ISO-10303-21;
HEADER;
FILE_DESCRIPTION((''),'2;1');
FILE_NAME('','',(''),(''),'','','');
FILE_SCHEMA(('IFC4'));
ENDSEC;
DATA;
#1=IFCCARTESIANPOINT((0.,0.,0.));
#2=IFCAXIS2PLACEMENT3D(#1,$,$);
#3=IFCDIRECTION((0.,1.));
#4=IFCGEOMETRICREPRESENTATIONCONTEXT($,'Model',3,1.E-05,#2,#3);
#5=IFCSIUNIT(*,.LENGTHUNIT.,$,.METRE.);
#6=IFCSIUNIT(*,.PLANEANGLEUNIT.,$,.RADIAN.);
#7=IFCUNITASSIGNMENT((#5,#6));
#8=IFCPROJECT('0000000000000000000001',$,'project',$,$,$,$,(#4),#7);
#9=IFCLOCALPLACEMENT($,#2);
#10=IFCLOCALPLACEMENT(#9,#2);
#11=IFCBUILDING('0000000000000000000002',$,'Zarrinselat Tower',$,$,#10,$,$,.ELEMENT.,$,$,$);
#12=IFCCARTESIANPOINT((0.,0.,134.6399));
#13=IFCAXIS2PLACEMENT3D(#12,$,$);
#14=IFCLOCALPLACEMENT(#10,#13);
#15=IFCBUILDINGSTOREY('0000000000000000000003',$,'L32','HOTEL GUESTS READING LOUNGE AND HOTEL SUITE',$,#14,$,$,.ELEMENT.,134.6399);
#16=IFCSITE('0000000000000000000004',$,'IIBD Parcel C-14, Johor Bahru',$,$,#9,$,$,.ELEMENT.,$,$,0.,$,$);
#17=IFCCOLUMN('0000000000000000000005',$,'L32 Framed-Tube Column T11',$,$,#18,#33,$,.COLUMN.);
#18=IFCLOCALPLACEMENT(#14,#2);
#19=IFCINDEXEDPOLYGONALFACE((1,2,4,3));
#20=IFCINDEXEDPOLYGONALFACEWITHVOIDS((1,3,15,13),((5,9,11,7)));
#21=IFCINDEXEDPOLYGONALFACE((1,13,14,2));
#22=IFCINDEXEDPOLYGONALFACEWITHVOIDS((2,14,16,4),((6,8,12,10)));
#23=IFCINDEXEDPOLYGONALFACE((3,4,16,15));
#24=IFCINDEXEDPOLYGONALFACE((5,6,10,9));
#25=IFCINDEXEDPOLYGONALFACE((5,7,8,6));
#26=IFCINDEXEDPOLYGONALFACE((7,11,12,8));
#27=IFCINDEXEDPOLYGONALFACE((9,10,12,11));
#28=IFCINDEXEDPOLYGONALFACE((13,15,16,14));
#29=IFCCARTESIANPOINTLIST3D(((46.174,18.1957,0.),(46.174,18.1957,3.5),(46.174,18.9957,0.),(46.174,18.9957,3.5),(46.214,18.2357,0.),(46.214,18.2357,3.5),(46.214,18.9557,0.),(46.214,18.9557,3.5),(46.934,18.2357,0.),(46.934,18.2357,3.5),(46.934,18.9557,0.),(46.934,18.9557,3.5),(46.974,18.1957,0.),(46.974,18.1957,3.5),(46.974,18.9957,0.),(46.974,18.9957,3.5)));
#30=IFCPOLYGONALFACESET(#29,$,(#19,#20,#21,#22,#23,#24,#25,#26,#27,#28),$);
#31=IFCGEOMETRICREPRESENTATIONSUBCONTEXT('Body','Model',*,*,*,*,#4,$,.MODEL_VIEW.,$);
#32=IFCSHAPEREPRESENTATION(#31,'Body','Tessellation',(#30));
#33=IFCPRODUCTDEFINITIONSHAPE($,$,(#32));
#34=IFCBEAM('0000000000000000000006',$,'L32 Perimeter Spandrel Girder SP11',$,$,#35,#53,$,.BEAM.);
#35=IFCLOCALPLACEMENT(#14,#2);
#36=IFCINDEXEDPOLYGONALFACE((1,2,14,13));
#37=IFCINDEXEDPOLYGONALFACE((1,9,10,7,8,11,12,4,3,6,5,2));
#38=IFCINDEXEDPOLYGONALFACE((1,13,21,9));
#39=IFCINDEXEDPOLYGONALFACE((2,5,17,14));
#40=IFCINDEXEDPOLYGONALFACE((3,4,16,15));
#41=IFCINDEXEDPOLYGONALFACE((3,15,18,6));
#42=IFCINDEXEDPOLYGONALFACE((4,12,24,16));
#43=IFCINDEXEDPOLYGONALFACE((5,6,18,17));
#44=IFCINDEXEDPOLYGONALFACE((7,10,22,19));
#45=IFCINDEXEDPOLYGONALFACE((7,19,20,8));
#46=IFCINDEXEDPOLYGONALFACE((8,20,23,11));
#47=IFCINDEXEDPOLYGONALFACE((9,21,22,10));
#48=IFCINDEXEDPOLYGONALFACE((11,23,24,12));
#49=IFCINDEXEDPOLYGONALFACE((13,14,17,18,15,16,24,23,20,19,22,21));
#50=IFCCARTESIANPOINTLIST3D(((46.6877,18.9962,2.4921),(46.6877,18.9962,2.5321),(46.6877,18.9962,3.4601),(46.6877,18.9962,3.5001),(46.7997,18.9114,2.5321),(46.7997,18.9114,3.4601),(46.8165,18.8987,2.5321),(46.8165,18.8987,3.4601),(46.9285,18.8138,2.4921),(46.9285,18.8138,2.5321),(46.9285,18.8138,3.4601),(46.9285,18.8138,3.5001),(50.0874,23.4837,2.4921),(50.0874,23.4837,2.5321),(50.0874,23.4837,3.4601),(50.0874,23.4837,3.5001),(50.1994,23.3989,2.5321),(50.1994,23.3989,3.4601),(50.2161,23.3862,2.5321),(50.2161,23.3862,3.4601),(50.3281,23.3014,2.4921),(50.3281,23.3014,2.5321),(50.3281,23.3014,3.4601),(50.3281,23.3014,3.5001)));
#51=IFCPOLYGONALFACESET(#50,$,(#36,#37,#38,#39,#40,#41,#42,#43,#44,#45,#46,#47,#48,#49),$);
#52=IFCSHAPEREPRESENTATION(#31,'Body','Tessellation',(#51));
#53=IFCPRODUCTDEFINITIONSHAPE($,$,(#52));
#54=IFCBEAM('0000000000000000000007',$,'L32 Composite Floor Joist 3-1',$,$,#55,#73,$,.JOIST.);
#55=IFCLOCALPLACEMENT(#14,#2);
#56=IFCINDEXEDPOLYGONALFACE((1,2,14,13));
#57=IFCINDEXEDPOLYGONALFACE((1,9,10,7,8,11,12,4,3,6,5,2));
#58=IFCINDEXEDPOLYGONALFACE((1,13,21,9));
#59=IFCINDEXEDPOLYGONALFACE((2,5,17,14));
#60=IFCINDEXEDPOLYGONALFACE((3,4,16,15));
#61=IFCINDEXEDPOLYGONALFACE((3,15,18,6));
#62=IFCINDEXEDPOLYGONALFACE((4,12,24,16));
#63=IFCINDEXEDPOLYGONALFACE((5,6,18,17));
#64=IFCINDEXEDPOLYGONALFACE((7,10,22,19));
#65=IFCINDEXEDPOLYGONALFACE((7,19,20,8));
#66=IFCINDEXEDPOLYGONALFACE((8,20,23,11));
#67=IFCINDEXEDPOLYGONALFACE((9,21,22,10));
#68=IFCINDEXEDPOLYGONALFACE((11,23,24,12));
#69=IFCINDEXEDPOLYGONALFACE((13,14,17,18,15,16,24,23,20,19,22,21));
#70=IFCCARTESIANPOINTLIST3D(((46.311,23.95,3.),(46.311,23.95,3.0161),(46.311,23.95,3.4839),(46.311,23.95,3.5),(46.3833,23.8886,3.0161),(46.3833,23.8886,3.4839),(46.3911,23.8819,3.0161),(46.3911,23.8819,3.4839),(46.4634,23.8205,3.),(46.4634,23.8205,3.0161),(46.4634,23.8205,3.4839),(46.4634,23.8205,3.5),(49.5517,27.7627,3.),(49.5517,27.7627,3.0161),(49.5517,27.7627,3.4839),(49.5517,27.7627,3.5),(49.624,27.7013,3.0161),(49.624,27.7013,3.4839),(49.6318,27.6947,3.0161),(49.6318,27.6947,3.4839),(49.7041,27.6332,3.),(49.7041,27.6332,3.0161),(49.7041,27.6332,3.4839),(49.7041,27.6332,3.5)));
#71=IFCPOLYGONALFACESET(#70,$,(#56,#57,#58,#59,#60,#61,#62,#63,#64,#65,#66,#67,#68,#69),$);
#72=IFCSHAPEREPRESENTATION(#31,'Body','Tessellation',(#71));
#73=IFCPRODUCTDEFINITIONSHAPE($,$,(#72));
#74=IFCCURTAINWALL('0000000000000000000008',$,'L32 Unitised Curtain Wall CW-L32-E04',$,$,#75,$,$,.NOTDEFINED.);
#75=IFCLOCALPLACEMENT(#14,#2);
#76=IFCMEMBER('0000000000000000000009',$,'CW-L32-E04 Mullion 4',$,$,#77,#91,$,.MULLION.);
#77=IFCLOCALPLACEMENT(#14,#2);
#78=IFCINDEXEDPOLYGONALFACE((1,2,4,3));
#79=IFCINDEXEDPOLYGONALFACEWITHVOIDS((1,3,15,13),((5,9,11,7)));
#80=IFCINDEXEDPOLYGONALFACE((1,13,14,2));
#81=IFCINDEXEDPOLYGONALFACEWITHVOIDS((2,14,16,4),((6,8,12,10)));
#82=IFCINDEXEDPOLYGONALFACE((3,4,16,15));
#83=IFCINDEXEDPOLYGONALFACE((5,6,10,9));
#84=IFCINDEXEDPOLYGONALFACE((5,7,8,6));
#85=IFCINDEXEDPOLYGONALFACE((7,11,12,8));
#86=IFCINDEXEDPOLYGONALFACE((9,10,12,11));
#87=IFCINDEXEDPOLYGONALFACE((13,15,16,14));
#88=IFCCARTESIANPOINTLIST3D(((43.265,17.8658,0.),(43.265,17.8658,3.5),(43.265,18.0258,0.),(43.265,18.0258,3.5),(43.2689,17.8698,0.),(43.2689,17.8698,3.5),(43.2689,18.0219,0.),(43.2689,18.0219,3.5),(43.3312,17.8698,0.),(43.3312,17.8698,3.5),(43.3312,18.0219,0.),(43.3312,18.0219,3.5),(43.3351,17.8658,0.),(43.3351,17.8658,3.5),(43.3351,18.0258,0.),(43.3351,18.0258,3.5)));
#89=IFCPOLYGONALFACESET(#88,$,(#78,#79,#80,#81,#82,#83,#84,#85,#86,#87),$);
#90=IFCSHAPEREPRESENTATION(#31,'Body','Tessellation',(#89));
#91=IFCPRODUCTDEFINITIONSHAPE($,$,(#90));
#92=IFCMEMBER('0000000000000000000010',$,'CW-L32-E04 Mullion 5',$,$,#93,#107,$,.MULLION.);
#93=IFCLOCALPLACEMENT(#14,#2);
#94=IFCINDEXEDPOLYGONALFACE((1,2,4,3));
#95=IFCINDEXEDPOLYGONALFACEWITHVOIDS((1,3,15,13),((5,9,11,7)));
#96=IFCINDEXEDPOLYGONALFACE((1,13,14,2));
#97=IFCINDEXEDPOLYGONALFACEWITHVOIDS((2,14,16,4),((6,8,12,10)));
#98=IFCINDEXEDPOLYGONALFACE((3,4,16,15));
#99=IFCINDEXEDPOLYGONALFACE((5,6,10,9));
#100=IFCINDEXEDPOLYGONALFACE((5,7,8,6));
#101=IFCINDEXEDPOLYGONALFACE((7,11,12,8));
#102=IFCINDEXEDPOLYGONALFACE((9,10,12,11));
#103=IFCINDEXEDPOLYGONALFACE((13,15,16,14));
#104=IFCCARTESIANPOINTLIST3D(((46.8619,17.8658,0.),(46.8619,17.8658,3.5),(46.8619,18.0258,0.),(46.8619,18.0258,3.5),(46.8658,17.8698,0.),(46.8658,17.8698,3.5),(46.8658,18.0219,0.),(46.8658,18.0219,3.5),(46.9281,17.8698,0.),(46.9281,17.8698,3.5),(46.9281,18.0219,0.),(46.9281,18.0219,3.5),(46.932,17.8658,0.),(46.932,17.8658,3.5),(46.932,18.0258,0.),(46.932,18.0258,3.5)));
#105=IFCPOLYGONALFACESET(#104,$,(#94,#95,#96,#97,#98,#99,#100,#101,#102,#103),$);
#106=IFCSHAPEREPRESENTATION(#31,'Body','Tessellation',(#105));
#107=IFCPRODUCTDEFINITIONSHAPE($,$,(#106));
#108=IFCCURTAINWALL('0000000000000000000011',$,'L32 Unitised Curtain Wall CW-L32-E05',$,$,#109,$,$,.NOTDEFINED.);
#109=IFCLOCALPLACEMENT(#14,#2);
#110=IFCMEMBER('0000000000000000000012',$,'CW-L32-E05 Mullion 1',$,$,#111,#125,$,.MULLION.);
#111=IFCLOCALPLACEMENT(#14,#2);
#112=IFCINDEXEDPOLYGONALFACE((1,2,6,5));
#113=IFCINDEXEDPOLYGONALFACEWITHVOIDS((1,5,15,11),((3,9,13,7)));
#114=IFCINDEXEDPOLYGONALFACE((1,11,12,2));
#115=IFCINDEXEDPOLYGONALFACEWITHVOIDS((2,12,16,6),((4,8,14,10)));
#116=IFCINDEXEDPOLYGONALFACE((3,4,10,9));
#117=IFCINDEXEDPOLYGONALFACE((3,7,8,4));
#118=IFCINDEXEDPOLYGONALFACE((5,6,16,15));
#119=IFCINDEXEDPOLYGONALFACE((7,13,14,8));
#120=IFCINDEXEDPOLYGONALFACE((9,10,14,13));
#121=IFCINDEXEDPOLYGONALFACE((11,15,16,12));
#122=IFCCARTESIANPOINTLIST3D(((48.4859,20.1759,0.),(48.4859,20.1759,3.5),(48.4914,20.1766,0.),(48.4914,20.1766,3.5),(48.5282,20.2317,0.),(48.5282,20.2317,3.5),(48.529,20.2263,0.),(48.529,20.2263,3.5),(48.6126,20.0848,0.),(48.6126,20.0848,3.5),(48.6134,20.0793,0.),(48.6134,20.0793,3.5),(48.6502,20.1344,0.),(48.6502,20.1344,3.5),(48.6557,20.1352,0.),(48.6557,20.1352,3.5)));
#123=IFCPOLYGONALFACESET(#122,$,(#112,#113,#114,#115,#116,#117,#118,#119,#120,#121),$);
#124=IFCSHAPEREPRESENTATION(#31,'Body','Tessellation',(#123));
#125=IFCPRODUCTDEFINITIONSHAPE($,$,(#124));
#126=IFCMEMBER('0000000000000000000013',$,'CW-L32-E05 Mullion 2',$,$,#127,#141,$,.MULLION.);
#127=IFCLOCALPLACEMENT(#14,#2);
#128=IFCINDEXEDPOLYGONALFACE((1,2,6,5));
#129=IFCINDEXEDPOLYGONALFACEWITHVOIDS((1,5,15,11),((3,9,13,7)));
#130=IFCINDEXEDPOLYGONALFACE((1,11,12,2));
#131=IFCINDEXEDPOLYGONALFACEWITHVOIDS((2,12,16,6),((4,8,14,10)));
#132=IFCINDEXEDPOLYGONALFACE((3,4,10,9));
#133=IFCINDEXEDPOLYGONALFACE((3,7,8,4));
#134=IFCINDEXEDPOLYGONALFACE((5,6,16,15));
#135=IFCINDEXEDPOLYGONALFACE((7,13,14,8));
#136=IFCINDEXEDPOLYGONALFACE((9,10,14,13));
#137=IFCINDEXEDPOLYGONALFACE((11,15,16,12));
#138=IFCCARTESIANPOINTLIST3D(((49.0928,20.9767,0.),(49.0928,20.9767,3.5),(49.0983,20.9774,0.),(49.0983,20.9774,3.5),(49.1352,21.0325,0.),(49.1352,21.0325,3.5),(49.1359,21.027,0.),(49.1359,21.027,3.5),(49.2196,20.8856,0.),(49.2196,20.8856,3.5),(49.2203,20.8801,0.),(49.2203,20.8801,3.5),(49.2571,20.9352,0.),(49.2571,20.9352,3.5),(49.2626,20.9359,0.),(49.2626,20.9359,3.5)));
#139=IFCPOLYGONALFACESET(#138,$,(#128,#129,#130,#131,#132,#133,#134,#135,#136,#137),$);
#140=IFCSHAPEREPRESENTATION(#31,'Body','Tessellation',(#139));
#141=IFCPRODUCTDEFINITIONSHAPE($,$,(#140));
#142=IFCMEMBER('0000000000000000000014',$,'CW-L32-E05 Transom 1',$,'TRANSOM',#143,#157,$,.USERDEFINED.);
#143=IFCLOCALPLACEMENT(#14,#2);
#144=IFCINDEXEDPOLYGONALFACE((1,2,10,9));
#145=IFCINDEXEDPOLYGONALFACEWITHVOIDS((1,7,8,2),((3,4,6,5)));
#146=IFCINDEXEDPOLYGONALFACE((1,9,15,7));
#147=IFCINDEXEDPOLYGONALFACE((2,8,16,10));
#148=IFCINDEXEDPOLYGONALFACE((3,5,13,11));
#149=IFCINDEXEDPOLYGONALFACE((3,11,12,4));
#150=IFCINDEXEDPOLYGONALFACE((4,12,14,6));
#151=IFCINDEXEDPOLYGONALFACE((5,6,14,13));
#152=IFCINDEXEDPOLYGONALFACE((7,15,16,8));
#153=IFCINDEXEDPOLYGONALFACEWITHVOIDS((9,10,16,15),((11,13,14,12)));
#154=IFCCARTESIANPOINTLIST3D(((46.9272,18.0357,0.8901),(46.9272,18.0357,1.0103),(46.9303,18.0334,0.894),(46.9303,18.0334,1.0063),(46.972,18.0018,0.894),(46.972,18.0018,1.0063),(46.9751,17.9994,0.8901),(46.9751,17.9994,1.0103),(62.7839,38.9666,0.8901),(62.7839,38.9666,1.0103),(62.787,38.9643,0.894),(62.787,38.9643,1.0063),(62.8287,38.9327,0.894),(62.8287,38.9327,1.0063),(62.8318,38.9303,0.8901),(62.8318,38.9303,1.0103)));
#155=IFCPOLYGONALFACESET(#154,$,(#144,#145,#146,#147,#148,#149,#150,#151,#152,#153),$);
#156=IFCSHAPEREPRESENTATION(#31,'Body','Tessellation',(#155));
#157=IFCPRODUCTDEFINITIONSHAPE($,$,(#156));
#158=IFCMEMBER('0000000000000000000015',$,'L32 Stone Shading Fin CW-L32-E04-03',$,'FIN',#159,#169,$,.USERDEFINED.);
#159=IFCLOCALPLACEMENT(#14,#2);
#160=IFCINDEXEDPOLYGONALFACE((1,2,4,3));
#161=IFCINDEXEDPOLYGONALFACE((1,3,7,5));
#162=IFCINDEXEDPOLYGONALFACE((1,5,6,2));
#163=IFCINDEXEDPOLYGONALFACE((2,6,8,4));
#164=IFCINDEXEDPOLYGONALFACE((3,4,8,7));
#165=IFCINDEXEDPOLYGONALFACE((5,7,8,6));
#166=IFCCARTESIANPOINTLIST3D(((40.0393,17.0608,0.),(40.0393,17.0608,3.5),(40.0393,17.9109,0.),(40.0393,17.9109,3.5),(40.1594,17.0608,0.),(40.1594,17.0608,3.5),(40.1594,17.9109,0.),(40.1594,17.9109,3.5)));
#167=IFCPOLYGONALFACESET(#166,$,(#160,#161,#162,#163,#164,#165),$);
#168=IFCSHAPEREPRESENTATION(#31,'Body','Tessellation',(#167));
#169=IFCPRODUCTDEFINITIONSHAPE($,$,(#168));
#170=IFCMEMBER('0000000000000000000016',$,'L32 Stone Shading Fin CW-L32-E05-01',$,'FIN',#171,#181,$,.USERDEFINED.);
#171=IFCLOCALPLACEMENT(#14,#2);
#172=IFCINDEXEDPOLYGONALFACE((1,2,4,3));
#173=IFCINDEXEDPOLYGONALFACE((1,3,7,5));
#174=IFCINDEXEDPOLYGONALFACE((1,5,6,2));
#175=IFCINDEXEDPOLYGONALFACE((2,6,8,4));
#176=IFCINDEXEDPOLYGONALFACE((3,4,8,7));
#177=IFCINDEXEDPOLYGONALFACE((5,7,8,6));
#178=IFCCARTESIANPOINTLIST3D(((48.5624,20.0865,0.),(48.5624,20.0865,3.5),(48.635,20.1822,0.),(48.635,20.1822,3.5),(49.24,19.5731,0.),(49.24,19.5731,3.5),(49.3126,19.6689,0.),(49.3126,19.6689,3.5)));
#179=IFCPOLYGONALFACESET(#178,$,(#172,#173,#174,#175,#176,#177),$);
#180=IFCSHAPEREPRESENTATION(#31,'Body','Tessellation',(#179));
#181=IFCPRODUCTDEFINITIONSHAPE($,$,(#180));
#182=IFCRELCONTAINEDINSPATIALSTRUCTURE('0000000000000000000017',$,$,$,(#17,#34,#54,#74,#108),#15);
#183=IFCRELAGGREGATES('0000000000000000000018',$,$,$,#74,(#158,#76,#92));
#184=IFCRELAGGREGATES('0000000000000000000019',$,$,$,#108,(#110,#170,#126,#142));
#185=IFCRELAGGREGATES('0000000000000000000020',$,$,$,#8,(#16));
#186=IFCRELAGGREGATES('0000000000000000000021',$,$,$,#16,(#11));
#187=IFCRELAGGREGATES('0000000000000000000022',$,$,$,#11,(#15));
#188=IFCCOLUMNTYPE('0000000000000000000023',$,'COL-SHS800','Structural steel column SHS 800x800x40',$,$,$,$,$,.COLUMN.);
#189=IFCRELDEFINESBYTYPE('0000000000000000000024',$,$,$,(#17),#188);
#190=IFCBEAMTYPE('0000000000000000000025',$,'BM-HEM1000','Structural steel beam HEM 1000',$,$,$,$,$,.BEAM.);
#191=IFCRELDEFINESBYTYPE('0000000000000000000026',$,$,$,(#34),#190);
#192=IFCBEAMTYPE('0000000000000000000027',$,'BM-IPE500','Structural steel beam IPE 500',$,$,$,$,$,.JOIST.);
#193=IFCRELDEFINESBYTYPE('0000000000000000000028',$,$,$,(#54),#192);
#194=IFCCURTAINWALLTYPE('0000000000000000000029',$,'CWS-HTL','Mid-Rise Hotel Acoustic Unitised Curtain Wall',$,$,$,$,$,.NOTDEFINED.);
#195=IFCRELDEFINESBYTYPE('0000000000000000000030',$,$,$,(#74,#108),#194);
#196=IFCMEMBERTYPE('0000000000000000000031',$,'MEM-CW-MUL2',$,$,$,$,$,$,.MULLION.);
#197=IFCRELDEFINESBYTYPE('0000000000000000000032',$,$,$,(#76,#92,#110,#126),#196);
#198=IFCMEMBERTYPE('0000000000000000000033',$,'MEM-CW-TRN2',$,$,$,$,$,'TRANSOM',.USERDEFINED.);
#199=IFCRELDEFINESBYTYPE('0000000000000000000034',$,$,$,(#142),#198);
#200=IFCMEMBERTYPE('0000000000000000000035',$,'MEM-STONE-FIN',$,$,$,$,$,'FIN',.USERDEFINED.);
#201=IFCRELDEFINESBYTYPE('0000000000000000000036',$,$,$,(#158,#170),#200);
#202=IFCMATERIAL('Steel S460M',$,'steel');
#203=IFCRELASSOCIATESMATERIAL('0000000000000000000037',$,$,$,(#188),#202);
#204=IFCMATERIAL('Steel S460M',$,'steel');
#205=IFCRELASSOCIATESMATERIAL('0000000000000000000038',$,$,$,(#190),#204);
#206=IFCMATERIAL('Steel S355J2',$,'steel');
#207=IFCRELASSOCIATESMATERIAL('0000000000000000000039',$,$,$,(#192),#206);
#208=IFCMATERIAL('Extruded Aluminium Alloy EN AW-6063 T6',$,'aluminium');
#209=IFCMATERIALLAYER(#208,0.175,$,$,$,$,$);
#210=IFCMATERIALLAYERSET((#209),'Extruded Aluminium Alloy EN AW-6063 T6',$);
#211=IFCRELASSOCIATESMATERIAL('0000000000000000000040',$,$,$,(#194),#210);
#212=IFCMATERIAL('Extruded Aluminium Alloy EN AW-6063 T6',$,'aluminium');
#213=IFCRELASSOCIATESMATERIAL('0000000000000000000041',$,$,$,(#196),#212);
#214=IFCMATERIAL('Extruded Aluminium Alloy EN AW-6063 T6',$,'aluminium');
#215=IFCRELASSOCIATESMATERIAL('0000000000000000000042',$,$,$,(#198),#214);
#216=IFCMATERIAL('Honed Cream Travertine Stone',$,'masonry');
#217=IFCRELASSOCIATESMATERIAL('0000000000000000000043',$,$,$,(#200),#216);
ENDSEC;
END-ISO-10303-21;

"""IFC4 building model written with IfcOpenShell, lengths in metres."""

from ifc_helpers import new_model, si_unit, direction, frame, origin, origin_2d, place, context, subcontext, project, spatial, rectangle, hollow_rectangle, i_section, extrude, material, layer, layer_set, material_profile, profile_set, type_object, element, aggregate, save


model = new_model("IFC4")

# Units and contexts
model_context = context("Model", 3, precision=1e-05, world=origin(), true_north=direction((0.0, 1.0)))
body_context = subcontext(model_context, "Body", "Model", "MODEL_VIEW")
ifc_project = project(units=[si_unit("LENGTHUNIT", "METRE"), si_unit("PLANEANGLEUNIT", "RADIAN")], contexts=[model_context])

# Site, building, storey
site_placement = place(None, origin())
site = spatial("IfcSite", under=ifc_project, at=site_placement, Name="IIBD Parcel C-14, Johor Bahru", CompositionType="ELEMENT", RefElevation=0.0)
building_placement = place(site_placement, origin())
building = spatial("IfcBuilding", under=site, at=building_placement, Name="Zarrinselat Tower", CompositionType="ELEMENT")
storey_placement = place(building_placement, frame((0.0, 0.0, 134.6399)))
storey = spatial("IfcBuildingStorey", under=building, at=storey_placement, Name="L32", Description="HOTEL GUESTS READING LOUNGE AND HOTEL SUITE", CompositionType="ELEMENT", Elevation=134.6399)

# Column
ifc_material_1 = material(Name="Steel S460M", Category="steel")
ifc_material_profile_1 = material_profile(ifc_material_1, hollow_rectangle(XDim=0.8, YDim=0.8, WallThickness=0.04, at=origin_2d()), Name="SHS 800x800x40")
ifc_profile_set_1 = profile_set([ifc_material_profile_1], Name="Steel S460M")
column_type = type_object("IfcColumnType", Name="COL-SHS800", Description="Structural steel column SHS 800x800x40", PredefinedType="COLUMN", material=ifc_profile_set_1)
column_placement = place(storey_placement, frame((46.574, 18.5957, 0.0), z_axis=(0.0, 0.0, 1.0), x_axis=(1.0, 0.0, 0.0)))
element("IfcColumn", 1, at=column_placement, inside=storey, type_object=column_type, Name="L32 Framed-Tube Column T11", PredefinedType="COLUMN", context=body_context, shape_type="SweptSolid", body=[
    extrude(hollow_rectangle(XDim=0.8, YDim=0.8, WallThickness=0.04, at=origin_2d()), origin(), (0.0, 0.0, 1.0), 3.5),
])

# Beams
ifc_material_2 = material(Name="Steel S460M", Category="steel")
ifc_material_profile_2 = material_profile(ifc_material_2, i_section(OverallWidth=0.302, OverallDepth=1.0081, WebThickness=0.021, FlangeThickness=0.04, at=origin_2d()), Name="HEM 1000")
ifc_profile_set_2 = profile_set([ifc_material_profile_2], Name="Steel S460M")
beam_type_1 = type_object("IfcBeamType", Name="BM-HEM1000", Description="Structural steel beam HEM 1000", PredefinedType="BEAM", material=ifc_profile_set_2)
beam_1_placement = place(storey_placement, frame((46.8081, 18.905, 2.9961), z_axis=(0.603858, 0.797092, 0.0), x_axis=(-0.797092, 0.603858, 0.0)))
element("IfcBeam", 2, at=beam_1_placement, inside=storey, type_object=beam_type_1, Name="L32 Perimeter Spandrel Girder SP11", PredefinedType="BEAM", context=body_context, shape_type="SweptSolid", body=[
    extrude(i_section(OverallWidth=0.302, OverallDepth=1.0081, WebThickness=0.021, FlangeThickness=0.04, at=origin_2d()), origin(), (0.0, 0.0, 1.0), 5.6299),
])
ifc_material_3 = material(Name="Steel S355J2", Category="steel")
ifc_material_profile_3 = material_profile(ifc_material_3, i_section(OverallWidth=0.2, OverallDepth=0.5, WebThickness=0.0103, FlangeThickness=0.0161, at=origin_2d()), Name="IPE 500")
ifc_profile_set_3 = profile_set([ifc_material_profile_3], Name="Steel S355J2")
beam_type_2 = type_object("IfcBeamType", Name="BM-IPE500", Description="Structural steel beam IPE 500", PredefinedType="JOIST", material=ifc_profile_set_3)
beam_2_placement = place(storey_placement, frame((46.3872, 23.8853, 3.25), z_axis=(0.647636, 0.76195, 0.0), x_axis=(-0.76195, 0.647636, 0.0)))
element("IfcBeam", 3, at=beam_2_placement, inside=storey, type_object=beam_type_2, Name="L32 Composite Floor Joist 3-1", PredefinedType="JOIST", context=body_context, shape_type="SweptSolid", body=[
    extrude(i_section(OverallWidth=0.2, OverallDepth=0.5, WebThickness=0.0103, FlangeThickness=0.0161, at=origin_2d()), origin(), (0.0, 0.0, 1.0), 5.0039),
])

# Curtain walls, members
ifc_material_4 = material(Name="Extruded Aluminium Alloy EN AW-6063 T6", Category="aluminium")
ifc_layer_1 = layer(ifc_material_4, 0.175)
ifc_layer_set_1 = layer_set([ifc_layer_1], Name="Extruded Aluminium Alloy EN AW-6063 T6")
curtain_wall_type = type_object("IfcCurtainWallType", Name="CWS-HTL", Description="Mid-Rise Hotel Acoustic Unitised Curtain Wall", PredefinedType="NOTDEFINED", material=ifc_layer_set_1)
curtain_wall_1_placement = place(storey_placement, origin())
curtain_wall_1 = element("IfcCurtainWall", 4, at=curtain_wall_1_placement, inside=storey, type_object=curtain_wall_type, Name="L32 Unitised Curtain Wall CW-L32-E04", PredefinedType="NOTDEFINED")
ifc_material_5 = material(Name="Extruded Aluminium Alloy EN AW-6063 T6", Category="aluminium")
ifc_material_profile_4 = material_profile(ifc_material_5, hollow_rectangle(XDim=0.0701, YDim=0.1599, WallThickness=0.0039, at=origin_2d()), Name="RHS 160x70x4")
ifc_profile_set_4 = profile_set([ifc_material_profile_4], Name="Extruded Aluminium Alloy EN AW-6063 T6")
member_type_1 = type_object("IfcMemberType", Name="MEM-CW-MUL2", PredefinedType="MULLION", material=ifc_profile_set_4)
member_1_placement = place(storey_placement, frame((43.3, 17.9458, 0.0), z_axis=(0.0, 0.0, 1.0), x_axis=(1.0, 0.0, 0.0)))
member_1 = element("IfcMember", 5, at=member_1_placement, type_object=member_type_1, Name="CW-L32-E04 Mullion 4", PredefinedType="MULLION", context=body_context, shape_type="SweptSolid", body=[
    extrude(hollow_rectangle(XDim=0.0701, YDim=0.1599, WallThickness=0.0039, at=origin_2d()), origin(), (0.0, 0.0, 1.0), 3.5),
])
member_2_placement = place(storey_placement, frame((46.897, 17.9458, 0.0), z_axis=(0.0, 0.0, 1.0), x_axis=(1.0, 0.0, 0.0)))
member_2 = element("IfcMember", 6, at=member_2_placement, type_object=member_type_1, Name="CW-L32-E04 Mullion 5", PredefinedType="MULLION", context=body_context, shape_type="SweptSolid", body=[
    extrude(hollow_rectangle(XDim=0.0701, YDim=0.1599, WallThickness=0.0039, at=origin_2d()), origin(), (0.0, 0.0, 1.0), 3.5),
])
curtain_wall_2_placement = place(storey_placement, origin())
curtain_wall_2 = element("IfcCurtainWall", 7, at=curtain_wall_2_placement, inside=storey, type_object=curtain_wall_type, Name="L32 Unitised Curtain Wall CW-L32-E05", PredefinedType="NOTDEFINED")
member_3_placement = place(storey_placement, frame((48.5708, 20.1555, 0.0), z_axis=(0.0, 0.0, 1.0), x_axis=(0.603856, 0.797094, 0.0)))
member_3 = element("IfcMember", 8, at=member_3_placement, type_object=member_type_1, Name="CW-L32-E05 Mullion 1", PredefinedType="MULLION", context=body_context, shape_type="SweptSolid", body=[
    extrude(hollow_rectangle(XDim=0.0701, YDim=0.1599, WallThickness=0.0039, at=origin_2d()), origin(), (0.0, 0.0, 1.0), 3.5),
])
member_4_placement = place(storey_placement, frame((49.1777, 20.9563, 0.0), z_axis=(0.0, 0.0, 1.0), x_axis=(0.603856, 0.797094, 0.0)))
member_4 = element("IfcMember", 9, at=member_4_placement, type_object=member_type_1, Name="CW-L32-E05 Mullion 2", PredefinedType="MULLION", context=body_context, shape_type="SweptSolid", body=[
    extrude(hollow_rectangle(XDim=0.0701, YDim=0.1599, WallThickness=0.0039, at=origin_2d()), origin(), (0.0, 0.0, 1.0), 3.5),
])
ifc_material_6 = material(Name="Extruded Aluminium Alloy EN AW-6063 T6", Category="aluminium")
ifc_material_profile_5 = material_profile(ifc_material_6, hollow_rectangle(XDim=0.0601, YDim=0.1201, WallThickness=0.0039, at=origin_2d()), Name="RHS 120x60x4")
ifc_profile_set_5 = profile_set([ifc_material_profile_5], Name="Extruded Aluminium Alloy EN AW-6063 T6")
member_type_2 = type_object("IfcMemberType", Name="MEM-CW-TRN2", ElementType="TRANSOM", PredefinedType="USERDEFINED", material=ifc_profile_set_5)
member_5_placement = place(storey_placement, frame((46.9512, 18.0176, 0.9502), z_axis=(0.603856, 0.797093, 0.0), x_axis=(-0.797093, 0.603856, 0.0)))
member_5 = element("IfcMember", 10, at=member_5_placement, type_object=member_type_2, Name="CW-L32-E05 Transom 1", ObjectType="TRANSOM", PredefinedType="USERDEFINED", context=body_context, shape_type="SweptSolid", body=[
    extrude(hollow_rectangle(XDim=0.0601, YDim=0.1201, WallThickness=0.0039, at=origin_2d()), origin(), (0.0, 0.0, 1.0), 26.259),
])

# Members
ifc_material_7 = material(Name="Honed Cream Travertine Stone", Category="masonry")
ifc_material_profile_6 = material_profile(ifc_material_7, rectangle(XDim=0.1201, YDim=0.8501, at=origin_2d()), Name="FIN 850x120")
ifc_profile_set_6 = profile_set([ifc_material_profile_6], Name="Honed Cream Travertine Stone")
member_type_3 = type_object("IfcMemberType", Name="MEM-STONE-FIN", ElementType="FIN", PredefinedType="USERDEFINED", material=ifc_profile_set_6)
member_6_placement = place(storey_placement, frame((40.0994, 17.4858, 0.0), z_axis=(0.0, 0.0, 1.0), x_axis=(-1.0, 0.0, 0.0)))
member_6 = element("IfcMember", 11, at=member_6_placement, type_object=member_type_3, Name="L32 Stone Shading Fin CW-L32-E04-03", ObjectType="FIN", PredefinedType="USERDEFINED", context=body_context, shape_type="SweptSolid", body=[
    extrude(rectangle(XDim=0.1201, YDim=0.8501, at=origin_2d()), origin(), (0.0, 0.0, 1.0), 3.5),
])
member_7_placement = place(storey_placement, frame((48.9375, 19.8777, 0.0), z_axis=(0.0, 0.0, 1.0), x_axis=(-0.603856, -0.797094, 0.0)))
member_7 = element("IfcMember", 12, at=member_7_placement, type_object=member_type_3, Name="L32 Stone Shading Fin CW-L32-E05-01", ObjectType="FIN", PredefinedType="USERDEFINED", context=body_context, shape_type="SweptSolid", body=[
    extrude(rectangle(XDim=0.1201, YDim=0.8501, at=origin_2d()), origin(), (0.0, 0.0, 1.0), 3.5),
])

aggregate(curtain_wall_1, [member_6, member_1, member_2])
aggregate(curtain_wall_2, [member_3, member_7, member_4, member_5])

save(model, "model.ifc")
